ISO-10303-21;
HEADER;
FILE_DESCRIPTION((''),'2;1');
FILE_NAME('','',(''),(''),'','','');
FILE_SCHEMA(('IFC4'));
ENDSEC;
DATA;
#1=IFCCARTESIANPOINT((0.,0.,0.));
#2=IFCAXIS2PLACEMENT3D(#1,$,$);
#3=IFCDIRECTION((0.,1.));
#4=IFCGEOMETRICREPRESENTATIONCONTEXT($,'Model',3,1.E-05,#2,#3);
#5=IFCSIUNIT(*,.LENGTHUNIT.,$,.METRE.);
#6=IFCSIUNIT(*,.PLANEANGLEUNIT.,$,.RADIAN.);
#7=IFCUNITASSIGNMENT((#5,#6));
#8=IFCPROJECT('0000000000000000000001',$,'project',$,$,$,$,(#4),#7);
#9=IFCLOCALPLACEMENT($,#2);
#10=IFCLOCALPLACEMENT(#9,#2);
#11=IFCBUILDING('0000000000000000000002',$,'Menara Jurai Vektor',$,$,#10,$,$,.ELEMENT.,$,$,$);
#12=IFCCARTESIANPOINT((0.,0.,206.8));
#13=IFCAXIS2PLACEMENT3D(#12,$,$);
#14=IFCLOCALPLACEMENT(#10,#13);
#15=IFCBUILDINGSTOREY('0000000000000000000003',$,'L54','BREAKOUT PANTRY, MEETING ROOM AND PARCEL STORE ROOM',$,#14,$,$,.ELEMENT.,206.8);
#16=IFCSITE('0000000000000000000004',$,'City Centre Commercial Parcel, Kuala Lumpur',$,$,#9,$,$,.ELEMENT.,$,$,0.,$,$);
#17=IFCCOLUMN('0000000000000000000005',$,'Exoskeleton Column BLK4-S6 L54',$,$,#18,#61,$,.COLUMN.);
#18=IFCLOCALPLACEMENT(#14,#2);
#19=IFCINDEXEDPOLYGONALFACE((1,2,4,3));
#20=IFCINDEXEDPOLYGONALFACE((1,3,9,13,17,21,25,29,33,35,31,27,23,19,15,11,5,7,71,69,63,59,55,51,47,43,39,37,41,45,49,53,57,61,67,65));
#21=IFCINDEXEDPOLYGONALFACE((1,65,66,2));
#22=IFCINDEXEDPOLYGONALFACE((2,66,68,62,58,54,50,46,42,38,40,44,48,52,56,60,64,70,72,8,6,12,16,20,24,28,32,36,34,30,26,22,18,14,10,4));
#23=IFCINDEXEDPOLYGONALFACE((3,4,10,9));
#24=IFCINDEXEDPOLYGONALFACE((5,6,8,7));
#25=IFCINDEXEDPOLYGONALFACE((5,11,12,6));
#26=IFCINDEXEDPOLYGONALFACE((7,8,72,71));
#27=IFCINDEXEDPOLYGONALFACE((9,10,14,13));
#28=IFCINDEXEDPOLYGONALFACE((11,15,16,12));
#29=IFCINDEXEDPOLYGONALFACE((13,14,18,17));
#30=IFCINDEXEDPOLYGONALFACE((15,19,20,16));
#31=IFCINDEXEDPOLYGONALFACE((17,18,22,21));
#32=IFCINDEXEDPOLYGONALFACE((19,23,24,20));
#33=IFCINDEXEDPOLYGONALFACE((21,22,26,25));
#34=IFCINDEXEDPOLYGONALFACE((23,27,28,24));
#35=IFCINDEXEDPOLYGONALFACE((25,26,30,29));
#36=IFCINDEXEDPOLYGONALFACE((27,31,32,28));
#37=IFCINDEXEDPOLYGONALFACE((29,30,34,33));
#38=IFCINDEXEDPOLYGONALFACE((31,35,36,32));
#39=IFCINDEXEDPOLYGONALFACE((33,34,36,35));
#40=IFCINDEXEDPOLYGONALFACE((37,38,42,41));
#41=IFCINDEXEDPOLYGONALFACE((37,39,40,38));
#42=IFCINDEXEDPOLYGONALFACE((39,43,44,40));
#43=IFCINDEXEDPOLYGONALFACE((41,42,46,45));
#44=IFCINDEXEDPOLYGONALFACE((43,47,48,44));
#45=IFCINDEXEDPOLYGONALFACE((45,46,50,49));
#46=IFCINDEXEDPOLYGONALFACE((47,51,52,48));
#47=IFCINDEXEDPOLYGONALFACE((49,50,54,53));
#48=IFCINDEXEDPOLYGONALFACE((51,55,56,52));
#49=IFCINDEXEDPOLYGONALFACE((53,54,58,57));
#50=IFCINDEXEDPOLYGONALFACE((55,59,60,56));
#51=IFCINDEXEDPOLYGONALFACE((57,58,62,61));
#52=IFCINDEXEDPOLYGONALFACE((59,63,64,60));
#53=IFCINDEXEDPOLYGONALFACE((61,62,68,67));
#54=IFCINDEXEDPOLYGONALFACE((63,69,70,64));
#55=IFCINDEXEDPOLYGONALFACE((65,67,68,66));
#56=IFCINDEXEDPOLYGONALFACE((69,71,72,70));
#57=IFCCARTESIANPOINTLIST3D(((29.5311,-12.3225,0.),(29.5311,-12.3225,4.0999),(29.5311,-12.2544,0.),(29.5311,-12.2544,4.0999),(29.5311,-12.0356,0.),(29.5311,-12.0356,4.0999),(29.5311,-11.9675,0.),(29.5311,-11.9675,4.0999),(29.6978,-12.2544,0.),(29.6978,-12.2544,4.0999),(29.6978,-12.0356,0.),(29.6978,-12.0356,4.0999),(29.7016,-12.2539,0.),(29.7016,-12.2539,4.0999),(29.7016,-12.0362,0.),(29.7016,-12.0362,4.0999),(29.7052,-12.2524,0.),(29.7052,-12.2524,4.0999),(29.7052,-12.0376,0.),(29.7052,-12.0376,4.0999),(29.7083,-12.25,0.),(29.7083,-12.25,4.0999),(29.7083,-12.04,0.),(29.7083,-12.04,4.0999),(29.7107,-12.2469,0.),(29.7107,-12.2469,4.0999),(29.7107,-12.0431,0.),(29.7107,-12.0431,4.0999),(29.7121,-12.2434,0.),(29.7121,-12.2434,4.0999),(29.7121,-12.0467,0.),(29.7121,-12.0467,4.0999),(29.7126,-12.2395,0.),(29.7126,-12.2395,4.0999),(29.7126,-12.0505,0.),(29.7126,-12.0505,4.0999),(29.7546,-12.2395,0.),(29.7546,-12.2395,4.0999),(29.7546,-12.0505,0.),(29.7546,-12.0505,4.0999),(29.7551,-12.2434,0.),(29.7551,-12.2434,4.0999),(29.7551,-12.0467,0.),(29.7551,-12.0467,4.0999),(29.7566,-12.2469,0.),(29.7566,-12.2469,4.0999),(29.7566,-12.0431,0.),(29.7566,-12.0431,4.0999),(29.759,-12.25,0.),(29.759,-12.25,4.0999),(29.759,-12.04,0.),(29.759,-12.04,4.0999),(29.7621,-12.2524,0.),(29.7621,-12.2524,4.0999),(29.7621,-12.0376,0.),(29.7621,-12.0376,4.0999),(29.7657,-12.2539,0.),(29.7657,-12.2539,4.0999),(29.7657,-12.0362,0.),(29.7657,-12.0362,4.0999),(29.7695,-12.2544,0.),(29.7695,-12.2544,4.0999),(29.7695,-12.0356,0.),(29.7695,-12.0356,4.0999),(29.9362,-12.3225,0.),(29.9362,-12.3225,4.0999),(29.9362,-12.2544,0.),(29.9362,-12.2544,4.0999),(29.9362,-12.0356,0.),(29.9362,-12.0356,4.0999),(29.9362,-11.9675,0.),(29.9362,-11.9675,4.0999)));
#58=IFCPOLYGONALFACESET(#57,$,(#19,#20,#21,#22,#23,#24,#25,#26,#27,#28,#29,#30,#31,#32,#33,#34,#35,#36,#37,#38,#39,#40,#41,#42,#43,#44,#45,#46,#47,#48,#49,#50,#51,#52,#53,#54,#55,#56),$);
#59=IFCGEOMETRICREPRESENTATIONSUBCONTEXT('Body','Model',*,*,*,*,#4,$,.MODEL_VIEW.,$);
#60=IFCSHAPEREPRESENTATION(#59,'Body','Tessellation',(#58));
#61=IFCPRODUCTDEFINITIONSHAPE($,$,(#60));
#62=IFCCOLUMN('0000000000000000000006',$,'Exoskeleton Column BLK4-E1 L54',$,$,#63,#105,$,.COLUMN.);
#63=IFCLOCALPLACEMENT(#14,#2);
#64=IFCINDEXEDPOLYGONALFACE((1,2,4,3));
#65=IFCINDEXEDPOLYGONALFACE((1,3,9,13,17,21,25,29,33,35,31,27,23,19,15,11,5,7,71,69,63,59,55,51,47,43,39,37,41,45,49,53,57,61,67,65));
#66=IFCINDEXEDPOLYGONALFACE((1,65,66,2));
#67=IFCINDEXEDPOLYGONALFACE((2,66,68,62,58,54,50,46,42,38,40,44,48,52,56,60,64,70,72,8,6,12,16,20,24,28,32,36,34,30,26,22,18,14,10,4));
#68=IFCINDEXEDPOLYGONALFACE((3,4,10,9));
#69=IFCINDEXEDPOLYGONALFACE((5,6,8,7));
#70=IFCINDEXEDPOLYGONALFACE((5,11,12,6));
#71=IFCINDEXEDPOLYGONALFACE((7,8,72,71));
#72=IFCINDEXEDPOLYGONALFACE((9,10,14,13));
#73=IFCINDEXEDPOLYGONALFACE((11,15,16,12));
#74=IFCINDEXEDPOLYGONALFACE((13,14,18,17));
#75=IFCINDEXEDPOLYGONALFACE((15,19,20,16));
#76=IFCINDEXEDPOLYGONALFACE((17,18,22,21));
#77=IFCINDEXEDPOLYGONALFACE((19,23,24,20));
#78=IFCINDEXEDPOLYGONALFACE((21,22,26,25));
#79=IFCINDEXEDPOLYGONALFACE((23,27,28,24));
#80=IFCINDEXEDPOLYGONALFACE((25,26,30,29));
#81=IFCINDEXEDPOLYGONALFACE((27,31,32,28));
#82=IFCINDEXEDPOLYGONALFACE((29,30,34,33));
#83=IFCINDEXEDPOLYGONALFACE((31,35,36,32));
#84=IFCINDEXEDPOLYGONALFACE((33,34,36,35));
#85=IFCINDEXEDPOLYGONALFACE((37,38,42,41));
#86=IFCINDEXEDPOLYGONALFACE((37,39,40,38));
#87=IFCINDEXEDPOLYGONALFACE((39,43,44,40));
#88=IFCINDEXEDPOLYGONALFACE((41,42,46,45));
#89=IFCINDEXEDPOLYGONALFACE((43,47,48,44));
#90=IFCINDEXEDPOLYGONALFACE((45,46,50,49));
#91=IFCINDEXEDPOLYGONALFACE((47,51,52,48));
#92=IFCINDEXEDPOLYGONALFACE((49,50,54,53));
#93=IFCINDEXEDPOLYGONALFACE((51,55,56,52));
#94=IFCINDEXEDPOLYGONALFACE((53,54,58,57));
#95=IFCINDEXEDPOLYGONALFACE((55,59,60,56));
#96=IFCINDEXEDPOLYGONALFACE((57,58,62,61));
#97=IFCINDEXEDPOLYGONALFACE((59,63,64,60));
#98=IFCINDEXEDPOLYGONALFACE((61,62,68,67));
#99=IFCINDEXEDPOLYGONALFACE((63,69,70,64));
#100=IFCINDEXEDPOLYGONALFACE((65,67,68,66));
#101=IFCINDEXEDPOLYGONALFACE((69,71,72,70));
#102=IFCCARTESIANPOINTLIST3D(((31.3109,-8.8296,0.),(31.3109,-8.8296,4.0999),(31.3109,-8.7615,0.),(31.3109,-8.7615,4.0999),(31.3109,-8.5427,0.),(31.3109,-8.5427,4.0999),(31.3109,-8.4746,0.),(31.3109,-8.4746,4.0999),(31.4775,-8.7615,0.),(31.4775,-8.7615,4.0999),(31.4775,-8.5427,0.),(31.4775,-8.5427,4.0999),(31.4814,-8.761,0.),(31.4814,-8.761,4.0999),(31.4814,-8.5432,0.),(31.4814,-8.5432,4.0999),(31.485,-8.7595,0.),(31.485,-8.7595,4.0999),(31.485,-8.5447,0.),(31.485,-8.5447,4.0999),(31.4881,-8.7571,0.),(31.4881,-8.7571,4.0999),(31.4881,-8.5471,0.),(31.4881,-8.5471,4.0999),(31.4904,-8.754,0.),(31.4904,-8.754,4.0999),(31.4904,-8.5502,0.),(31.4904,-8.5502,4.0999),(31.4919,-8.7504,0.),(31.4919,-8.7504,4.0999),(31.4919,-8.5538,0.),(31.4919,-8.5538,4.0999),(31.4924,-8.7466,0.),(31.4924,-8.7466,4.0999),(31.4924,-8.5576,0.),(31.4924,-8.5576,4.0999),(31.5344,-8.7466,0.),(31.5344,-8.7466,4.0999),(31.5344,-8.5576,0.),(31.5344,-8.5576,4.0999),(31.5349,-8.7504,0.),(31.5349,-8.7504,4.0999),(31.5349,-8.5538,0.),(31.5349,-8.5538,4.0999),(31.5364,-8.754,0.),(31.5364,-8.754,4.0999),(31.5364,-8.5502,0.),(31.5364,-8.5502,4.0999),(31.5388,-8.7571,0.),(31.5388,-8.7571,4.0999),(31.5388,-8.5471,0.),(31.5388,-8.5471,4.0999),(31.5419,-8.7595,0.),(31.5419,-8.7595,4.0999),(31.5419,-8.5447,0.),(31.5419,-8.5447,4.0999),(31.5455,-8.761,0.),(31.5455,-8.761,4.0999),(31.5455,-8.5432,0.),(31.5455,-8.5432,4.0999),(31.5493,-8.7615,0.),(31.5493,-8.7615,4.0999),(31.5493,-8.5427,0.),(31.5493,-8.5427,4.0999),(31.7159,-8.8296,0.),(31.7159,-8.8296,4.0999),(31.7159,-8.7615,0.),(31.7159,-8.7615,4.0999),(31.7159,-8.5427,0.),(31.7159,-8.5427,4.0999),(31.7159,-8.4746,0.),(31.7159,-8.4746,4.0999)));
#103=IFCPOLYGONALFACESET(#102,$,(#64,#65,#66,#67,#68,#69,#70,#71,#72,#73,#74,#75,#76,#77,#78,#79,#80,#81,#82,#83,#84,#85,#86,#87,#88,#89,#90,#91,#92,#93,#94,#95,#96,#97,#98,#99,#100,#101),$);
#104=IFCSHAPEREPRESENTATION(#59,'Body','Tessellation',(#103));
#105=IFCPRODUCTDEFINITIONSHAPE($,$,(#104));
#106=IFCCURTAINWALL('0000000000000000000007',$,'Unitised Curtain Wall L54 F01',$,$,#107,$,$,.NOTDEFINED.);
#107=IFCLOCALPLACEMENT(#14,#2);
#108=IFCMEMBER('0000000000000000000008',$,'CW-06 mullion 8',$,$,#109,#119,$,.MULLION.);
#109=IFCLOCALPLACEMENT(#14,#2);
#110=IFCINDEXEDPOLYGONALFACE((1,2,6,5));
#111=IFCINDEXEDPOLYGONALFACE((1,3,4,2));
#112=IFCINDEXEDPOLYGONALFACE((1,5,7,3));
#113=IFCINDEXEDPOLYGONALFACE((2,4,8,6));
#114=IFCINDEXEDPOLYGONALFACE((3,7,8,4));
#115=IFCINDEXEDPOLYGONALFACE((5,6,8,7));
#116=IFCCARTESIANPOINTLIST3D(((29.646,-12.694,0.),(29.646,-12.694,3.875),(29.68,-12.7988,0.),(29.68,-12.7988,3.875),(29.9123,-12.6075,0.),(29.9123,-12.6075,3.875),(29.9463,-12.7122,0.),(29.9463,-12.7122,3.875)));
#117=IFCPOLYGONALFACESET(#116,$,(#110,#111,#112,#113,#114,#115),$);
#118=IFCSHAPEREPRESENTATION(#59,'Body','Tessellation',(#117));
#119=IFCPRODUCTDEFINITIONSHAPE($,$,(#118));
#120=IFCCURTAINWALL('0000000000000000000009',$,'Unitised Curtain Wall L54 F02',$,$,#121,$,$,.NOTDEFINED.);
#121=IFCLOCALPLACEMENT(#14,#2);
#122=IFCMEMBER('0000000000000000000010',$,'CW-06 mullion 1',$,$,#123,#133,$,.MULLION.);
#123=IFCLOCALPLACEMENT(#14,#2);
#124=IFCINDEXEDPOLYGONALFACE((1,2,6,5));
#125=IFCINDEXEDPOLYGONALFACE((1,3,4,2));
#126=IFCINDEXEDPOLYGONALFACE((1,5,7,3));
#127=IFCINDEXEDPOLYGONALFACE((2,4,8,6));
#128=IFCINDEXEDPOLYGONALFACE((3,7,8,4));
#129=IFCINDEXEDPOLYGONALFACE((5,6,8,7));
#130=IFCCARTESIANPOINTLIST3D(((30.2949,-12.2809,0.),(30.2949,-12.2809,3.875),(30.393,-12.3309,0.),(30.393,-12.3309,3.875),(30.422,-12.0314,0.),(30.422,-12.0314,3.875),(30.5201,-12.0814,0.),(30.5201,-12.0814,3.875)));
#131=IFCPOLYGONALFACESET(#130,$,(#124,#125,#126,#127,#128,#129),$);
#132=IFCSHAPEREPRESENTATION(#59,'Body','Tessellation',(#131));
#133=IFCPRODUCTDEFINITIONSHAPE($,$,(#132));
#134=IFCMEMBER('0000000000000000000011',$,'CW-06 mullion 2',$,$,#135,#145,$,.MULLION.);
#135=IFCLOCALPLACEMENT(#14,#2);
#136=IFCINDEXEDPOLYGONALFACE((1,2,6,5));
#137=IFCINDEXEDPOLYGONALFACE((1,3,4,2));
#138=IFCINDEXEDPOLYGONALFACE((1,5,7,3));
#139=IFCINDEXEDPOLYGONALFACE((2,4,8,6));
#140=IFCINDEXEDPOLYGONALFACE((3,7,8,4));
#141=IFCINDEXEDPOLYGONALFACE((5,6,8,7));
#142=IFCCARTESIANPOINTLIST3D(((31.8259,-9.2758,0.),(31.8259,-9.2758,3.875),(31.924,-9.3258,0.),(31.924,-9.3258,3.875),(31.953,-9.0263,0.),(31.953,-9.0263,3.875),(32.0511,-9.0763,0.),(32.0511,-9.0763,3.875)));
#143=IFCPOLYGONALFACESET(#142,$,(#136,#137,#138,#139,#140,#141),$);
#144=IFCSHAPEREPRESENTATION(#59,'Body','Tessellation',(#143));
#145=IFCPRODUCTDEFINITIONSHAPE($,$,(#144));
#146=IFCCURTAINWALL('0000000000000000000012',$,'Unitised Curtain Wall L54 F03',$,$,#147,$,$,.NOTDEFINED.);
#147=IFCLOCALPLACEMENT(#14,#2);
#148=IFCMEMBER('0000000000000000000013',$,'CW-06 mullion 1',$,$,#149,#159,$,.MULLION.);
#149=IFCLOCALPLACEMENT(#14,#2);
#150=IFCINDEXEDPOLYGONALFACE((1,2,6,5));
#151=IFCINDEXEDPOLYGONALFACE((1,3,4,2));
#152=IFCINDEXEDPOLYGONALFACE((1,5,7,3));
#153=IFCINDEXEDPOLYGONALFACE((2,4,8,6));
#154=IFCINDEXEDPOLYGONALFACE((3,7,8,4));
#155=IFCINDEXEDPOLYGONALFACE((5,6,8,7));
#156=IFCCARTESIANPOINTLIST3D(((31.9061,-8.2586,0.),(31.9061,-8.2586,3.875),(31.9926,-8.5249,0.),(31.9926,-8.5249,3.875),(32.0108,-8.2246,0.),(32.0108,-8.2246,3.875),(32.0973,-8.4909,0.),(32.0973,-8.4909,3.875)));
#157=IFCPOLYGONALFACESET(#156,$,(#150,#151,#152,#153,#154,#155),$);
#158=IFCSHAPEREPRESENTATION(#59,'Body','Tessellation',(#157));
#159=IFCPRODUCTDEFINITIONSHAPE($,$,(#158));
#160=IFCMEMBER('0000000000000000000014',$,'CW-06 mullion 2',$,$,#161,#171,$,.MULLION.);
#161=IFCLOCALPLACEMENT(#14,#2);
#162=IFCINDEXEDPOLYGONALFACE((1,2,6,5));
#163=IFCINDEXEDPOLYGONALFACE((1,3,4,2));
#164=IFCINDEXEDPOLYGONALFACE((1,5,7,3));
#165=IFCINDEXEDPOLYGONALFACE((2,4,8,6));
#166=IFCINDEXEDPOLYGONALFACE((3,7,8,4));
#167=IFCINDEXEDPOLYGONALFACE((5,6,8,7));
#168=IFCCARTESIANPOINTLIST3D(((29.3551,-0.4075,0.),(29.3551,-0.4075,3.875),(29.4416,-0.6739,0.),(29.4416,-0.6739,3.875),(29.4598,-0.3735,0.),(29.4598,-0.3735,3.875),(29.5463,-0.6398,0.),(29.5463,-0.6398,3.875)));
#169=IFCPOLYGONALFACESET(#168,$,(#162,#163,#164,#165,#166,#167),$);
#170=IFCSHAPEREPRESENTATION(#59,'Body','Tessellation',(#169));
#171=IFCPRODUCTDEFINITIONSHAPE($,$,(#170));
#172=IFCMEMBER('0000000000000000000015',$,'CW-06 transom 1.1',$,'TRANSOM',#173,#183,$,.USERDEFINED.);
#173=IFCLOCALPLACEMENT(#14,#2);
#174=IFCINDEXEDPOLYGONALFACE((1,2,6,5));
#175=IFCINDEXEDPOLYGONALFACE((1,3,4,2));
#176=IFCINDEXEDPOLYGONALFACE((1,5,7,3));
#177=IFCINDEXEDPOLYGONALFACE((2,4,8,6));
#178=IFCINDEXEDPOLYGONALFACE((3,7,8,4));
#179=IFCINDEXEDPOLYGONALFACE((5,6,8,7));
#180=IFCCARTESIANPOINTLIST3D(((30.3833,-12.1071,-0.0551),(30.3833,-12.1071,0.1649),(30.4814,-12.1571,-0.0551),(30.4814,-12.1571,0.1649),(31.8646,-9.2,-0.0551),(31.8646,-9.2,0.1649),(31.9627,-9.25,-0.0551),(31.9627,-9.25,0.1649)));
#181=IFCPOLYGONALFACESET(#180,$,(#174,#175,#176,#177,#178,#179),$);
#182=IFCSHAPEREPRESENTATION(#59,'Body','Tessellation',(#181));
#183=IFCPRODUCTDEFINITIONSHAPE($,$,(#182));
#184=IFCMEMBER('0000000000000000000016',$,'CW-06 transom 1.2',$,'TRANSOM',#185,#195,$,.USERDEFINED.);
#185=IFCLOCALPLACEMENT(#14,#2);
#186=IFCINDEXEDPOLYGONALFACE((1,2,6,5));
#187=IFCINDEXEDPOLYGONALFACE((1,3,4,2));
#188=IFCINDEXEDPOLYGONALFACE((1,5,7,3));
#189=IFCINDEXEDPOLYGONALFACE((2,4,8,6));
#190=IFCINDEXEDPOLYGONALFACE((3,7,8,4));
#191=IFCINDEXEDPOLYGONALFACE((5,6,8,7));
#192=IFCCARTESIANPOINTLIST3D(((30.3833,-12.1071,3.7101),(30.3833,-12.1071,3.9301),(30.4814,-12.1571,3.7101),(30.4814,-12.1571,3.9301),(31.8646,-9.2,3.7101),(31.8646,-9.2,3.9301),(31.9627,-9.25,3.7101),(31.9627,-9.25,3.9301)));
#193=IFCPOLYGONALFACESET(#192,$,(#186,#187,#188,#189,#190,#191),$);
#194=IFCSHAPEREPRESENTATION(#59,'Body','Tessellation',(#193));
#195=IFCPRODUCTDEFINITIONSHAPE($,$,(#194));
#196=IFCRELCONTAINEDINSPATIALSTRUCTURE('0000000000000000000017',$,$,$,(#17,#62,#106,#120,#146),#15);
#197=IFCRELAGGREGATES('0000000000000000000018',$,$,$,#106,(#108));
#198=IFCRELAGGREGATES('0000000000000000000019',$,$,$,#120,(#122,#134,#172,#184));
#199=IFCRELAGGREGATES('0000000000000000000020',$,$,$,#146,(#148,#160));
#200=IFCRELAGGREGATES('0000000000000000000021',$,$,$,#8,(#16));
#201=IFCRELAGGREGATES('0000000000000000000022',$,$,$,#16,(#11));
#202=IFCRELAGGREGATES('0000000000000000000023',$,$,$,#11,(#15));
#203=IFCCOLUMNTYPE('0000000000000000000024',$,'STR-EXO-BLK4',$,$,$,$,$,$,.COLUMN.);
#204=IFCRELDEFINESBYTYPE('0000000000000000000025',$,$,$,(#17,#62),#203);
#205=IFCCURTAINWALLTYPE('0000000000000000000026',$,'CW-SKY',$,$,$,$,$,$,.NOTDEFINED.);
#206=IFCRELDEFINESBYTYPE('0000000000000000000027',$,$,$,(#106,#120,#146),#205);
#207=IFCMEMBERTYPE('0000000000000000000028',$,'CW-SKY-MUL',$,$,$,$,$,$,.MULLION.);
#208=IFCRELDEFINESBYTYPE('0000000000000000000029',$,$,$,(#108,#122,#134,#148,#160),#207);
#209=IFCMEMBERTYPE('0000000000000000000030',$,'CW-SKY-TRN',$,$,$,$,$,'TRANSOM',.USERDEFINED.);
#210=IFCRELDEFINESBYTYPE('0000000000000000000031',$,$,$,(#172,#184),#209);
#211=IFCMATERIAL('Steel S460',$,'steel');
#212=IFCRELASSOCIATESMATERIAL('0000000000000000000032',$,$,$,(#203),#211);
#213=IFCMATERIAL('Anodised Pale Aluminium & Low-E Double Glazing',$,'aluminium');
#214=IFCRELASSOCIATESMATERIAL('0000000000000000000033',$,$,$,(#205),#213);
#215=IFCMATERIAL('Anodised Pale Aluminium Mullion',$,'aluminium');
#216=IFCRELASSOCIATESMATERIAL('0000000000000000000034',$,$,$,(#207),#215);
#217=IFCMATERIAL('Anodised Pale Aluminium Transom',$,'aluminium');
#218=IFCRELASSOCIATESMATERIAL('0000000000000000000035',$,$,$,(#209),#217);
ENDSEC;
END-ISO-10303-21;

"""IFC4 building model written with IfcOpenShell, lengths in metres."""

from ifc_helpers import new_model, si_unit, direction, frame, origin, origin_2d, place, context, subcontext, project, spatial, rectangle, i_section, extrude, material, material_profile, profile_set, type_object, element, aggregate, save


model = new_model("IFC4")

# Units and contexts
model_context = context("Model", 3, precision=1e-05, world=origin(), true_north=direction((0.0, 1.0)))
body_context = subcontext(model_context, "Body", "Model", "MODEL_VIEW")
ifc_project = project(units=[si_unit("LENGTHUNIT", "METRE"), si_unit("PLANEANGLEUNIT", "RADIAN")], contexts=[model_context])

# Site, building, storey
site_placement = place(None, origin())
site = spatial("IfcSite", under=ifc_project, at=site_placement, Name="City Centre Commercial Parcel, Kuala Lumpur", CompositionType="ELEMENT", RefElevation=0.0)
building_placement = place(site_placement, origin())
building = spatial("IfcBuilding", under=site, at=building_placement, Name="Menara Jurai Vektor", CompositionType="ELEMENT")
storey_placement = place(building_placement, frame((0.0, 0.0, 206.8)))
storey = spatial("IfcBuildingStorey", under=building, at=storey_placement, Name="L54", Description="BREAKOUT PANTRY, MEETING ROOM AND PARCEL STORE ROOM", CompositionType="ELEMENT", Elevation=206.8)

# Columns
ifc_material_1 = material(Name="Steel S460", Category="steel")
ifc_material_profile_1 = material_profile(ifc_material_1, i_section(OverallWidth=0.405, OverallDepth=0.355, WebThickness=0.042, FlangeThickness=0.0681, FilletRadius=0.0149, at=origin_2d()), Name="HD 400x551")
ifc_profile_set_1 = profile_set([ifc_material_profile_1], Name="Steel S460")
column_type = type_object("IfcColumnType", Name="STR-EXO-BLK4", PredefinedType="COLUMN", material=ifc_profile_set_1)
for number, where, z_axis, x_axis, name in (
    (1, (29.7336, -12.145, 0.0), (0.0, 0.0, 1.0), (1.0, 0.0, 0.0), "Exoskeleton Column BLK4-S6 L54"),
    (2, (31.5134, -8.6521, 0.0), (0.0, 0.0, 1.0), (1.0, 0.0, 0.0), "Exoskeleton Column BLK4-E1 L54"),
):
    element("IfcColumn", number, at=place(storey_placement, frame(where, z_axis=z_axis, x_axis=x_axis)), inside=storey, type_object=column_type, Name=name, PredefinedType="COLUMN", context=body_context, shape_type="SweptSolid", body=[
        extrude(i_section(OverallWidth=0.405, OverallDepth=0.355, WebThickness=0.042, FlangeThickness=0.0681, FilletRadius=0.0149, at=origin_2d()), origin(), (0.0, 0.0, 1.0), 4.0999),
    ])

# Curtain wall, member
ifc_material_2 = material(Name="Anodised Pale Aluminium & Low-E Double Glazing", Category="aluminium")
curtain_wall_type = type_object("IfcCurtainWallType", Name="CW-SKY", PredefinedType="NOTDEFINED", material=ifc_material_2)
curtain_wall_1_placement = place(storey_placement, origin())
curtain_wall_1 = element("IfcCurtainWall", 3, at=curtain_wall_1_placement, inside=storey, type_object=curtain_wall_type, Name="Unitised Curtain Wall L54 F01", PredefinedType="NOTDEFINED")
ifc_material_3 = material(Name="Anodised Pale Aluminium Mullion", Category="aluminium")
ifc_material_profile_2 = material_profile(ifc_material_3, rectangle(XDim=0.1101, YDim=0.28, at=origin_2d()), Name="ALU MUL 110x280")
ifc_profile_set_2 = profile_set([ifc_material_profile_2], Name="Anodised Pale Aluminium Mullion")
member_type_1 = type_object("IfcMemberType", Name="CW-SKY-MUL", PredefinedType="MULLION", material=ifc_profile_set_2)
member_1_placement = place(storey_placement, frame((29.7961, -12.7031, 0.0), z_axis=(0.0, 0.0, 1.0), x_axis=(-0.309017, 0.951056, 0.0)))
member_1 = element("IfcMember", 4, at=member_1_placement, type_object=member_type_1, Name="CW-06 mullion 8", PredefinedType="MULLION", context=body_context, shape_type="SweptSolid", body=[
    extrude(rectangle(XDim=0.1101, YDim=0.28, at=origin_2d()), origin(), (0.0, 0.0, 1.0), 3.875),
])
aggregate(curtain_wall_1, [member_1])

# Curtain walls, members
curtain_wall_2_placement = place(storey_placement, origin())
curtain_wall_2 = element("IfcCurtainWall", 5, at=curtain_wall_2_placement, inside=storey, type_object=curtain_wall_type, Name="Unitised Curtain Wall L54 F02", PredefinedType="NOTDEFINED")
member_2_placement = place(storey_placement, frame((30.4075, -12.1812, 0.0), z_axis=(0.0, 0.0, 1.0), x_axis=(-0.891008, 0.453989, 0.0)))
member_2 = element("IfcMember", 6, at=member_2_placement, type_object=member_type_1, Name="CW-06 mullion 1", PredefinedType="MULLION", context=body_context, shape_type="SweptSolid", body=[
    extrude(rectangle(XDim=0.1101, YDim=0.28, at=origin_2d()), origin(), (0.0, 0.0, 1.0), 3.875),
])
member_3_placement = place(storey_placement, frame((31.9385, -9.176, 0.0), z_axis=(0.0, 0.0, 1.0), x_axis=(-0.891008, 0.453989, 0.0)))
member_3 = element("IfcMember", 7, at=member_3_placement, type_object=member_type_1, Name="CW-06 mullion 2", PredefinedType="MULLION", context=body_context, shape_type="SweptSolid", body=[
    extrude(rectangle(XDim=0.1101, YDim=0.28, at=origin_2d()), origin(), (0.0, 0.0, 1.0), 3.875),
])
curtain_wall_3_placement = place(storey_placement, origin())
curtain_wall_3 = element("IfcCurtainWall", 8, at=curtain_wall_3_placement, inside=storey, type_object=curtain_wall_type, Name="Unitised Curtain Wall L54 F03", PredefinedType="NOTDEFINED")
member_4_placement = place(storey_placement, frame((32.0017, -8.3748, 0.0), z_axis=(0.0, 0.0, 1.0), x_axis=(-0.951057, -0.309016, 0.0)))
member_4 = element("IfcMember", 9, at=member_4_placement, type_object=member_type_1, Name="CW-06 mullion 1", PredefinedType="MULLION", context=body_context, shape_type="SweptSolid", body=[
    extrude(rectangle(XDim=0.1101, YDim=0.28, at=origin_2d()), origin(), (0.0, 0.0, 1.0), 3.875),
])
member_5_placement = place(storey_placement, frame((29.4507, -0.5237, 0.0), z_axis=(0.0, 0.0, 1.0), x_axis=(-0.951057, -0.309016, 0.0)))
member_5 = element("IfcMember", 10, at=member_5_placement, type_object=member_type_1, Name="CW-06 mullion 2", PredefinedType="MULLION", context=body_context, shape_type="SweptSolid", body=[
    extrude(rectangle(XDim=0.1101, YDim=0.28, at=origin_2d()), origin(), (0.0, 0.0, 1.0), 3.875),
])

# Members
ifc_material_4 = material(Name="Anodised Pale Aluminium Transom", Category="aluminium")
ifc_material_profile_3 = material_profile(ifc_material_4, rectangle(XDim=0.1101, YDim=0.22, at=origin_2d()), Name="ALU TRN 110x220")
ifc_profile_set_3 = profile_set([ifc_material_profile_3], Name="Anodised Pale Aluminium Transom")
member_type_2 = type_object("IfcMemberType", Name="CW-SKY-TRN", ElementType="TRANSOM", PredefinedType="USERDEFINED", material=ifc_profile_set_3)
member_6_placement = place(storey_placement, frame((30.4324, -12.1321, 0.0549), z_axis=(0.453995, 0.891004, 0.0), x_axis=(-0.891004, 0.453995, 0.0)))
member_6 = element("IfcMember", 11, at=member_6_placement, type_object=member_type_2, Name="CW-06 transom 1.1", ObjectType="TRANSOM", PredefinedType="USERDEFINED", context=body_context, shape_type="SweptSolid", body=[
    extrude(rectangle(XDim=0.1101, YDim=0.22, at=origin_2d()), origin(), (0.0, 0.0, 1.0), 3.2627),
])
member_7_placement = place(storey_placement, frame((30.4324, -12.1321, 3.8201), z_axis=(0.453995, 0.891004, 0.0), x_axis=(-0.891004, 0.453995, 0.0)))
member_7 = element("IfcMember", 12, at=member_7_placement, type_object=member_type_2, Name="CW-06 transom 1.2", ObjectType="TRANSOM", PredefinedType="USERDEFINED", context=body_context, shape_type="SweptSolid", body=[
    extrude(rectangle(XDim=0.1101, YDim=0.22, at=origin_2d()), origin(), (0.0, 0.0, 1.0), 3.2627),
])

aggregate(curtain_wall_2, [member_2, member_3, member_6, member_7])
aggregate(curtain_wall_3, [member_4, member_5])

save(model, "model.ifc")
